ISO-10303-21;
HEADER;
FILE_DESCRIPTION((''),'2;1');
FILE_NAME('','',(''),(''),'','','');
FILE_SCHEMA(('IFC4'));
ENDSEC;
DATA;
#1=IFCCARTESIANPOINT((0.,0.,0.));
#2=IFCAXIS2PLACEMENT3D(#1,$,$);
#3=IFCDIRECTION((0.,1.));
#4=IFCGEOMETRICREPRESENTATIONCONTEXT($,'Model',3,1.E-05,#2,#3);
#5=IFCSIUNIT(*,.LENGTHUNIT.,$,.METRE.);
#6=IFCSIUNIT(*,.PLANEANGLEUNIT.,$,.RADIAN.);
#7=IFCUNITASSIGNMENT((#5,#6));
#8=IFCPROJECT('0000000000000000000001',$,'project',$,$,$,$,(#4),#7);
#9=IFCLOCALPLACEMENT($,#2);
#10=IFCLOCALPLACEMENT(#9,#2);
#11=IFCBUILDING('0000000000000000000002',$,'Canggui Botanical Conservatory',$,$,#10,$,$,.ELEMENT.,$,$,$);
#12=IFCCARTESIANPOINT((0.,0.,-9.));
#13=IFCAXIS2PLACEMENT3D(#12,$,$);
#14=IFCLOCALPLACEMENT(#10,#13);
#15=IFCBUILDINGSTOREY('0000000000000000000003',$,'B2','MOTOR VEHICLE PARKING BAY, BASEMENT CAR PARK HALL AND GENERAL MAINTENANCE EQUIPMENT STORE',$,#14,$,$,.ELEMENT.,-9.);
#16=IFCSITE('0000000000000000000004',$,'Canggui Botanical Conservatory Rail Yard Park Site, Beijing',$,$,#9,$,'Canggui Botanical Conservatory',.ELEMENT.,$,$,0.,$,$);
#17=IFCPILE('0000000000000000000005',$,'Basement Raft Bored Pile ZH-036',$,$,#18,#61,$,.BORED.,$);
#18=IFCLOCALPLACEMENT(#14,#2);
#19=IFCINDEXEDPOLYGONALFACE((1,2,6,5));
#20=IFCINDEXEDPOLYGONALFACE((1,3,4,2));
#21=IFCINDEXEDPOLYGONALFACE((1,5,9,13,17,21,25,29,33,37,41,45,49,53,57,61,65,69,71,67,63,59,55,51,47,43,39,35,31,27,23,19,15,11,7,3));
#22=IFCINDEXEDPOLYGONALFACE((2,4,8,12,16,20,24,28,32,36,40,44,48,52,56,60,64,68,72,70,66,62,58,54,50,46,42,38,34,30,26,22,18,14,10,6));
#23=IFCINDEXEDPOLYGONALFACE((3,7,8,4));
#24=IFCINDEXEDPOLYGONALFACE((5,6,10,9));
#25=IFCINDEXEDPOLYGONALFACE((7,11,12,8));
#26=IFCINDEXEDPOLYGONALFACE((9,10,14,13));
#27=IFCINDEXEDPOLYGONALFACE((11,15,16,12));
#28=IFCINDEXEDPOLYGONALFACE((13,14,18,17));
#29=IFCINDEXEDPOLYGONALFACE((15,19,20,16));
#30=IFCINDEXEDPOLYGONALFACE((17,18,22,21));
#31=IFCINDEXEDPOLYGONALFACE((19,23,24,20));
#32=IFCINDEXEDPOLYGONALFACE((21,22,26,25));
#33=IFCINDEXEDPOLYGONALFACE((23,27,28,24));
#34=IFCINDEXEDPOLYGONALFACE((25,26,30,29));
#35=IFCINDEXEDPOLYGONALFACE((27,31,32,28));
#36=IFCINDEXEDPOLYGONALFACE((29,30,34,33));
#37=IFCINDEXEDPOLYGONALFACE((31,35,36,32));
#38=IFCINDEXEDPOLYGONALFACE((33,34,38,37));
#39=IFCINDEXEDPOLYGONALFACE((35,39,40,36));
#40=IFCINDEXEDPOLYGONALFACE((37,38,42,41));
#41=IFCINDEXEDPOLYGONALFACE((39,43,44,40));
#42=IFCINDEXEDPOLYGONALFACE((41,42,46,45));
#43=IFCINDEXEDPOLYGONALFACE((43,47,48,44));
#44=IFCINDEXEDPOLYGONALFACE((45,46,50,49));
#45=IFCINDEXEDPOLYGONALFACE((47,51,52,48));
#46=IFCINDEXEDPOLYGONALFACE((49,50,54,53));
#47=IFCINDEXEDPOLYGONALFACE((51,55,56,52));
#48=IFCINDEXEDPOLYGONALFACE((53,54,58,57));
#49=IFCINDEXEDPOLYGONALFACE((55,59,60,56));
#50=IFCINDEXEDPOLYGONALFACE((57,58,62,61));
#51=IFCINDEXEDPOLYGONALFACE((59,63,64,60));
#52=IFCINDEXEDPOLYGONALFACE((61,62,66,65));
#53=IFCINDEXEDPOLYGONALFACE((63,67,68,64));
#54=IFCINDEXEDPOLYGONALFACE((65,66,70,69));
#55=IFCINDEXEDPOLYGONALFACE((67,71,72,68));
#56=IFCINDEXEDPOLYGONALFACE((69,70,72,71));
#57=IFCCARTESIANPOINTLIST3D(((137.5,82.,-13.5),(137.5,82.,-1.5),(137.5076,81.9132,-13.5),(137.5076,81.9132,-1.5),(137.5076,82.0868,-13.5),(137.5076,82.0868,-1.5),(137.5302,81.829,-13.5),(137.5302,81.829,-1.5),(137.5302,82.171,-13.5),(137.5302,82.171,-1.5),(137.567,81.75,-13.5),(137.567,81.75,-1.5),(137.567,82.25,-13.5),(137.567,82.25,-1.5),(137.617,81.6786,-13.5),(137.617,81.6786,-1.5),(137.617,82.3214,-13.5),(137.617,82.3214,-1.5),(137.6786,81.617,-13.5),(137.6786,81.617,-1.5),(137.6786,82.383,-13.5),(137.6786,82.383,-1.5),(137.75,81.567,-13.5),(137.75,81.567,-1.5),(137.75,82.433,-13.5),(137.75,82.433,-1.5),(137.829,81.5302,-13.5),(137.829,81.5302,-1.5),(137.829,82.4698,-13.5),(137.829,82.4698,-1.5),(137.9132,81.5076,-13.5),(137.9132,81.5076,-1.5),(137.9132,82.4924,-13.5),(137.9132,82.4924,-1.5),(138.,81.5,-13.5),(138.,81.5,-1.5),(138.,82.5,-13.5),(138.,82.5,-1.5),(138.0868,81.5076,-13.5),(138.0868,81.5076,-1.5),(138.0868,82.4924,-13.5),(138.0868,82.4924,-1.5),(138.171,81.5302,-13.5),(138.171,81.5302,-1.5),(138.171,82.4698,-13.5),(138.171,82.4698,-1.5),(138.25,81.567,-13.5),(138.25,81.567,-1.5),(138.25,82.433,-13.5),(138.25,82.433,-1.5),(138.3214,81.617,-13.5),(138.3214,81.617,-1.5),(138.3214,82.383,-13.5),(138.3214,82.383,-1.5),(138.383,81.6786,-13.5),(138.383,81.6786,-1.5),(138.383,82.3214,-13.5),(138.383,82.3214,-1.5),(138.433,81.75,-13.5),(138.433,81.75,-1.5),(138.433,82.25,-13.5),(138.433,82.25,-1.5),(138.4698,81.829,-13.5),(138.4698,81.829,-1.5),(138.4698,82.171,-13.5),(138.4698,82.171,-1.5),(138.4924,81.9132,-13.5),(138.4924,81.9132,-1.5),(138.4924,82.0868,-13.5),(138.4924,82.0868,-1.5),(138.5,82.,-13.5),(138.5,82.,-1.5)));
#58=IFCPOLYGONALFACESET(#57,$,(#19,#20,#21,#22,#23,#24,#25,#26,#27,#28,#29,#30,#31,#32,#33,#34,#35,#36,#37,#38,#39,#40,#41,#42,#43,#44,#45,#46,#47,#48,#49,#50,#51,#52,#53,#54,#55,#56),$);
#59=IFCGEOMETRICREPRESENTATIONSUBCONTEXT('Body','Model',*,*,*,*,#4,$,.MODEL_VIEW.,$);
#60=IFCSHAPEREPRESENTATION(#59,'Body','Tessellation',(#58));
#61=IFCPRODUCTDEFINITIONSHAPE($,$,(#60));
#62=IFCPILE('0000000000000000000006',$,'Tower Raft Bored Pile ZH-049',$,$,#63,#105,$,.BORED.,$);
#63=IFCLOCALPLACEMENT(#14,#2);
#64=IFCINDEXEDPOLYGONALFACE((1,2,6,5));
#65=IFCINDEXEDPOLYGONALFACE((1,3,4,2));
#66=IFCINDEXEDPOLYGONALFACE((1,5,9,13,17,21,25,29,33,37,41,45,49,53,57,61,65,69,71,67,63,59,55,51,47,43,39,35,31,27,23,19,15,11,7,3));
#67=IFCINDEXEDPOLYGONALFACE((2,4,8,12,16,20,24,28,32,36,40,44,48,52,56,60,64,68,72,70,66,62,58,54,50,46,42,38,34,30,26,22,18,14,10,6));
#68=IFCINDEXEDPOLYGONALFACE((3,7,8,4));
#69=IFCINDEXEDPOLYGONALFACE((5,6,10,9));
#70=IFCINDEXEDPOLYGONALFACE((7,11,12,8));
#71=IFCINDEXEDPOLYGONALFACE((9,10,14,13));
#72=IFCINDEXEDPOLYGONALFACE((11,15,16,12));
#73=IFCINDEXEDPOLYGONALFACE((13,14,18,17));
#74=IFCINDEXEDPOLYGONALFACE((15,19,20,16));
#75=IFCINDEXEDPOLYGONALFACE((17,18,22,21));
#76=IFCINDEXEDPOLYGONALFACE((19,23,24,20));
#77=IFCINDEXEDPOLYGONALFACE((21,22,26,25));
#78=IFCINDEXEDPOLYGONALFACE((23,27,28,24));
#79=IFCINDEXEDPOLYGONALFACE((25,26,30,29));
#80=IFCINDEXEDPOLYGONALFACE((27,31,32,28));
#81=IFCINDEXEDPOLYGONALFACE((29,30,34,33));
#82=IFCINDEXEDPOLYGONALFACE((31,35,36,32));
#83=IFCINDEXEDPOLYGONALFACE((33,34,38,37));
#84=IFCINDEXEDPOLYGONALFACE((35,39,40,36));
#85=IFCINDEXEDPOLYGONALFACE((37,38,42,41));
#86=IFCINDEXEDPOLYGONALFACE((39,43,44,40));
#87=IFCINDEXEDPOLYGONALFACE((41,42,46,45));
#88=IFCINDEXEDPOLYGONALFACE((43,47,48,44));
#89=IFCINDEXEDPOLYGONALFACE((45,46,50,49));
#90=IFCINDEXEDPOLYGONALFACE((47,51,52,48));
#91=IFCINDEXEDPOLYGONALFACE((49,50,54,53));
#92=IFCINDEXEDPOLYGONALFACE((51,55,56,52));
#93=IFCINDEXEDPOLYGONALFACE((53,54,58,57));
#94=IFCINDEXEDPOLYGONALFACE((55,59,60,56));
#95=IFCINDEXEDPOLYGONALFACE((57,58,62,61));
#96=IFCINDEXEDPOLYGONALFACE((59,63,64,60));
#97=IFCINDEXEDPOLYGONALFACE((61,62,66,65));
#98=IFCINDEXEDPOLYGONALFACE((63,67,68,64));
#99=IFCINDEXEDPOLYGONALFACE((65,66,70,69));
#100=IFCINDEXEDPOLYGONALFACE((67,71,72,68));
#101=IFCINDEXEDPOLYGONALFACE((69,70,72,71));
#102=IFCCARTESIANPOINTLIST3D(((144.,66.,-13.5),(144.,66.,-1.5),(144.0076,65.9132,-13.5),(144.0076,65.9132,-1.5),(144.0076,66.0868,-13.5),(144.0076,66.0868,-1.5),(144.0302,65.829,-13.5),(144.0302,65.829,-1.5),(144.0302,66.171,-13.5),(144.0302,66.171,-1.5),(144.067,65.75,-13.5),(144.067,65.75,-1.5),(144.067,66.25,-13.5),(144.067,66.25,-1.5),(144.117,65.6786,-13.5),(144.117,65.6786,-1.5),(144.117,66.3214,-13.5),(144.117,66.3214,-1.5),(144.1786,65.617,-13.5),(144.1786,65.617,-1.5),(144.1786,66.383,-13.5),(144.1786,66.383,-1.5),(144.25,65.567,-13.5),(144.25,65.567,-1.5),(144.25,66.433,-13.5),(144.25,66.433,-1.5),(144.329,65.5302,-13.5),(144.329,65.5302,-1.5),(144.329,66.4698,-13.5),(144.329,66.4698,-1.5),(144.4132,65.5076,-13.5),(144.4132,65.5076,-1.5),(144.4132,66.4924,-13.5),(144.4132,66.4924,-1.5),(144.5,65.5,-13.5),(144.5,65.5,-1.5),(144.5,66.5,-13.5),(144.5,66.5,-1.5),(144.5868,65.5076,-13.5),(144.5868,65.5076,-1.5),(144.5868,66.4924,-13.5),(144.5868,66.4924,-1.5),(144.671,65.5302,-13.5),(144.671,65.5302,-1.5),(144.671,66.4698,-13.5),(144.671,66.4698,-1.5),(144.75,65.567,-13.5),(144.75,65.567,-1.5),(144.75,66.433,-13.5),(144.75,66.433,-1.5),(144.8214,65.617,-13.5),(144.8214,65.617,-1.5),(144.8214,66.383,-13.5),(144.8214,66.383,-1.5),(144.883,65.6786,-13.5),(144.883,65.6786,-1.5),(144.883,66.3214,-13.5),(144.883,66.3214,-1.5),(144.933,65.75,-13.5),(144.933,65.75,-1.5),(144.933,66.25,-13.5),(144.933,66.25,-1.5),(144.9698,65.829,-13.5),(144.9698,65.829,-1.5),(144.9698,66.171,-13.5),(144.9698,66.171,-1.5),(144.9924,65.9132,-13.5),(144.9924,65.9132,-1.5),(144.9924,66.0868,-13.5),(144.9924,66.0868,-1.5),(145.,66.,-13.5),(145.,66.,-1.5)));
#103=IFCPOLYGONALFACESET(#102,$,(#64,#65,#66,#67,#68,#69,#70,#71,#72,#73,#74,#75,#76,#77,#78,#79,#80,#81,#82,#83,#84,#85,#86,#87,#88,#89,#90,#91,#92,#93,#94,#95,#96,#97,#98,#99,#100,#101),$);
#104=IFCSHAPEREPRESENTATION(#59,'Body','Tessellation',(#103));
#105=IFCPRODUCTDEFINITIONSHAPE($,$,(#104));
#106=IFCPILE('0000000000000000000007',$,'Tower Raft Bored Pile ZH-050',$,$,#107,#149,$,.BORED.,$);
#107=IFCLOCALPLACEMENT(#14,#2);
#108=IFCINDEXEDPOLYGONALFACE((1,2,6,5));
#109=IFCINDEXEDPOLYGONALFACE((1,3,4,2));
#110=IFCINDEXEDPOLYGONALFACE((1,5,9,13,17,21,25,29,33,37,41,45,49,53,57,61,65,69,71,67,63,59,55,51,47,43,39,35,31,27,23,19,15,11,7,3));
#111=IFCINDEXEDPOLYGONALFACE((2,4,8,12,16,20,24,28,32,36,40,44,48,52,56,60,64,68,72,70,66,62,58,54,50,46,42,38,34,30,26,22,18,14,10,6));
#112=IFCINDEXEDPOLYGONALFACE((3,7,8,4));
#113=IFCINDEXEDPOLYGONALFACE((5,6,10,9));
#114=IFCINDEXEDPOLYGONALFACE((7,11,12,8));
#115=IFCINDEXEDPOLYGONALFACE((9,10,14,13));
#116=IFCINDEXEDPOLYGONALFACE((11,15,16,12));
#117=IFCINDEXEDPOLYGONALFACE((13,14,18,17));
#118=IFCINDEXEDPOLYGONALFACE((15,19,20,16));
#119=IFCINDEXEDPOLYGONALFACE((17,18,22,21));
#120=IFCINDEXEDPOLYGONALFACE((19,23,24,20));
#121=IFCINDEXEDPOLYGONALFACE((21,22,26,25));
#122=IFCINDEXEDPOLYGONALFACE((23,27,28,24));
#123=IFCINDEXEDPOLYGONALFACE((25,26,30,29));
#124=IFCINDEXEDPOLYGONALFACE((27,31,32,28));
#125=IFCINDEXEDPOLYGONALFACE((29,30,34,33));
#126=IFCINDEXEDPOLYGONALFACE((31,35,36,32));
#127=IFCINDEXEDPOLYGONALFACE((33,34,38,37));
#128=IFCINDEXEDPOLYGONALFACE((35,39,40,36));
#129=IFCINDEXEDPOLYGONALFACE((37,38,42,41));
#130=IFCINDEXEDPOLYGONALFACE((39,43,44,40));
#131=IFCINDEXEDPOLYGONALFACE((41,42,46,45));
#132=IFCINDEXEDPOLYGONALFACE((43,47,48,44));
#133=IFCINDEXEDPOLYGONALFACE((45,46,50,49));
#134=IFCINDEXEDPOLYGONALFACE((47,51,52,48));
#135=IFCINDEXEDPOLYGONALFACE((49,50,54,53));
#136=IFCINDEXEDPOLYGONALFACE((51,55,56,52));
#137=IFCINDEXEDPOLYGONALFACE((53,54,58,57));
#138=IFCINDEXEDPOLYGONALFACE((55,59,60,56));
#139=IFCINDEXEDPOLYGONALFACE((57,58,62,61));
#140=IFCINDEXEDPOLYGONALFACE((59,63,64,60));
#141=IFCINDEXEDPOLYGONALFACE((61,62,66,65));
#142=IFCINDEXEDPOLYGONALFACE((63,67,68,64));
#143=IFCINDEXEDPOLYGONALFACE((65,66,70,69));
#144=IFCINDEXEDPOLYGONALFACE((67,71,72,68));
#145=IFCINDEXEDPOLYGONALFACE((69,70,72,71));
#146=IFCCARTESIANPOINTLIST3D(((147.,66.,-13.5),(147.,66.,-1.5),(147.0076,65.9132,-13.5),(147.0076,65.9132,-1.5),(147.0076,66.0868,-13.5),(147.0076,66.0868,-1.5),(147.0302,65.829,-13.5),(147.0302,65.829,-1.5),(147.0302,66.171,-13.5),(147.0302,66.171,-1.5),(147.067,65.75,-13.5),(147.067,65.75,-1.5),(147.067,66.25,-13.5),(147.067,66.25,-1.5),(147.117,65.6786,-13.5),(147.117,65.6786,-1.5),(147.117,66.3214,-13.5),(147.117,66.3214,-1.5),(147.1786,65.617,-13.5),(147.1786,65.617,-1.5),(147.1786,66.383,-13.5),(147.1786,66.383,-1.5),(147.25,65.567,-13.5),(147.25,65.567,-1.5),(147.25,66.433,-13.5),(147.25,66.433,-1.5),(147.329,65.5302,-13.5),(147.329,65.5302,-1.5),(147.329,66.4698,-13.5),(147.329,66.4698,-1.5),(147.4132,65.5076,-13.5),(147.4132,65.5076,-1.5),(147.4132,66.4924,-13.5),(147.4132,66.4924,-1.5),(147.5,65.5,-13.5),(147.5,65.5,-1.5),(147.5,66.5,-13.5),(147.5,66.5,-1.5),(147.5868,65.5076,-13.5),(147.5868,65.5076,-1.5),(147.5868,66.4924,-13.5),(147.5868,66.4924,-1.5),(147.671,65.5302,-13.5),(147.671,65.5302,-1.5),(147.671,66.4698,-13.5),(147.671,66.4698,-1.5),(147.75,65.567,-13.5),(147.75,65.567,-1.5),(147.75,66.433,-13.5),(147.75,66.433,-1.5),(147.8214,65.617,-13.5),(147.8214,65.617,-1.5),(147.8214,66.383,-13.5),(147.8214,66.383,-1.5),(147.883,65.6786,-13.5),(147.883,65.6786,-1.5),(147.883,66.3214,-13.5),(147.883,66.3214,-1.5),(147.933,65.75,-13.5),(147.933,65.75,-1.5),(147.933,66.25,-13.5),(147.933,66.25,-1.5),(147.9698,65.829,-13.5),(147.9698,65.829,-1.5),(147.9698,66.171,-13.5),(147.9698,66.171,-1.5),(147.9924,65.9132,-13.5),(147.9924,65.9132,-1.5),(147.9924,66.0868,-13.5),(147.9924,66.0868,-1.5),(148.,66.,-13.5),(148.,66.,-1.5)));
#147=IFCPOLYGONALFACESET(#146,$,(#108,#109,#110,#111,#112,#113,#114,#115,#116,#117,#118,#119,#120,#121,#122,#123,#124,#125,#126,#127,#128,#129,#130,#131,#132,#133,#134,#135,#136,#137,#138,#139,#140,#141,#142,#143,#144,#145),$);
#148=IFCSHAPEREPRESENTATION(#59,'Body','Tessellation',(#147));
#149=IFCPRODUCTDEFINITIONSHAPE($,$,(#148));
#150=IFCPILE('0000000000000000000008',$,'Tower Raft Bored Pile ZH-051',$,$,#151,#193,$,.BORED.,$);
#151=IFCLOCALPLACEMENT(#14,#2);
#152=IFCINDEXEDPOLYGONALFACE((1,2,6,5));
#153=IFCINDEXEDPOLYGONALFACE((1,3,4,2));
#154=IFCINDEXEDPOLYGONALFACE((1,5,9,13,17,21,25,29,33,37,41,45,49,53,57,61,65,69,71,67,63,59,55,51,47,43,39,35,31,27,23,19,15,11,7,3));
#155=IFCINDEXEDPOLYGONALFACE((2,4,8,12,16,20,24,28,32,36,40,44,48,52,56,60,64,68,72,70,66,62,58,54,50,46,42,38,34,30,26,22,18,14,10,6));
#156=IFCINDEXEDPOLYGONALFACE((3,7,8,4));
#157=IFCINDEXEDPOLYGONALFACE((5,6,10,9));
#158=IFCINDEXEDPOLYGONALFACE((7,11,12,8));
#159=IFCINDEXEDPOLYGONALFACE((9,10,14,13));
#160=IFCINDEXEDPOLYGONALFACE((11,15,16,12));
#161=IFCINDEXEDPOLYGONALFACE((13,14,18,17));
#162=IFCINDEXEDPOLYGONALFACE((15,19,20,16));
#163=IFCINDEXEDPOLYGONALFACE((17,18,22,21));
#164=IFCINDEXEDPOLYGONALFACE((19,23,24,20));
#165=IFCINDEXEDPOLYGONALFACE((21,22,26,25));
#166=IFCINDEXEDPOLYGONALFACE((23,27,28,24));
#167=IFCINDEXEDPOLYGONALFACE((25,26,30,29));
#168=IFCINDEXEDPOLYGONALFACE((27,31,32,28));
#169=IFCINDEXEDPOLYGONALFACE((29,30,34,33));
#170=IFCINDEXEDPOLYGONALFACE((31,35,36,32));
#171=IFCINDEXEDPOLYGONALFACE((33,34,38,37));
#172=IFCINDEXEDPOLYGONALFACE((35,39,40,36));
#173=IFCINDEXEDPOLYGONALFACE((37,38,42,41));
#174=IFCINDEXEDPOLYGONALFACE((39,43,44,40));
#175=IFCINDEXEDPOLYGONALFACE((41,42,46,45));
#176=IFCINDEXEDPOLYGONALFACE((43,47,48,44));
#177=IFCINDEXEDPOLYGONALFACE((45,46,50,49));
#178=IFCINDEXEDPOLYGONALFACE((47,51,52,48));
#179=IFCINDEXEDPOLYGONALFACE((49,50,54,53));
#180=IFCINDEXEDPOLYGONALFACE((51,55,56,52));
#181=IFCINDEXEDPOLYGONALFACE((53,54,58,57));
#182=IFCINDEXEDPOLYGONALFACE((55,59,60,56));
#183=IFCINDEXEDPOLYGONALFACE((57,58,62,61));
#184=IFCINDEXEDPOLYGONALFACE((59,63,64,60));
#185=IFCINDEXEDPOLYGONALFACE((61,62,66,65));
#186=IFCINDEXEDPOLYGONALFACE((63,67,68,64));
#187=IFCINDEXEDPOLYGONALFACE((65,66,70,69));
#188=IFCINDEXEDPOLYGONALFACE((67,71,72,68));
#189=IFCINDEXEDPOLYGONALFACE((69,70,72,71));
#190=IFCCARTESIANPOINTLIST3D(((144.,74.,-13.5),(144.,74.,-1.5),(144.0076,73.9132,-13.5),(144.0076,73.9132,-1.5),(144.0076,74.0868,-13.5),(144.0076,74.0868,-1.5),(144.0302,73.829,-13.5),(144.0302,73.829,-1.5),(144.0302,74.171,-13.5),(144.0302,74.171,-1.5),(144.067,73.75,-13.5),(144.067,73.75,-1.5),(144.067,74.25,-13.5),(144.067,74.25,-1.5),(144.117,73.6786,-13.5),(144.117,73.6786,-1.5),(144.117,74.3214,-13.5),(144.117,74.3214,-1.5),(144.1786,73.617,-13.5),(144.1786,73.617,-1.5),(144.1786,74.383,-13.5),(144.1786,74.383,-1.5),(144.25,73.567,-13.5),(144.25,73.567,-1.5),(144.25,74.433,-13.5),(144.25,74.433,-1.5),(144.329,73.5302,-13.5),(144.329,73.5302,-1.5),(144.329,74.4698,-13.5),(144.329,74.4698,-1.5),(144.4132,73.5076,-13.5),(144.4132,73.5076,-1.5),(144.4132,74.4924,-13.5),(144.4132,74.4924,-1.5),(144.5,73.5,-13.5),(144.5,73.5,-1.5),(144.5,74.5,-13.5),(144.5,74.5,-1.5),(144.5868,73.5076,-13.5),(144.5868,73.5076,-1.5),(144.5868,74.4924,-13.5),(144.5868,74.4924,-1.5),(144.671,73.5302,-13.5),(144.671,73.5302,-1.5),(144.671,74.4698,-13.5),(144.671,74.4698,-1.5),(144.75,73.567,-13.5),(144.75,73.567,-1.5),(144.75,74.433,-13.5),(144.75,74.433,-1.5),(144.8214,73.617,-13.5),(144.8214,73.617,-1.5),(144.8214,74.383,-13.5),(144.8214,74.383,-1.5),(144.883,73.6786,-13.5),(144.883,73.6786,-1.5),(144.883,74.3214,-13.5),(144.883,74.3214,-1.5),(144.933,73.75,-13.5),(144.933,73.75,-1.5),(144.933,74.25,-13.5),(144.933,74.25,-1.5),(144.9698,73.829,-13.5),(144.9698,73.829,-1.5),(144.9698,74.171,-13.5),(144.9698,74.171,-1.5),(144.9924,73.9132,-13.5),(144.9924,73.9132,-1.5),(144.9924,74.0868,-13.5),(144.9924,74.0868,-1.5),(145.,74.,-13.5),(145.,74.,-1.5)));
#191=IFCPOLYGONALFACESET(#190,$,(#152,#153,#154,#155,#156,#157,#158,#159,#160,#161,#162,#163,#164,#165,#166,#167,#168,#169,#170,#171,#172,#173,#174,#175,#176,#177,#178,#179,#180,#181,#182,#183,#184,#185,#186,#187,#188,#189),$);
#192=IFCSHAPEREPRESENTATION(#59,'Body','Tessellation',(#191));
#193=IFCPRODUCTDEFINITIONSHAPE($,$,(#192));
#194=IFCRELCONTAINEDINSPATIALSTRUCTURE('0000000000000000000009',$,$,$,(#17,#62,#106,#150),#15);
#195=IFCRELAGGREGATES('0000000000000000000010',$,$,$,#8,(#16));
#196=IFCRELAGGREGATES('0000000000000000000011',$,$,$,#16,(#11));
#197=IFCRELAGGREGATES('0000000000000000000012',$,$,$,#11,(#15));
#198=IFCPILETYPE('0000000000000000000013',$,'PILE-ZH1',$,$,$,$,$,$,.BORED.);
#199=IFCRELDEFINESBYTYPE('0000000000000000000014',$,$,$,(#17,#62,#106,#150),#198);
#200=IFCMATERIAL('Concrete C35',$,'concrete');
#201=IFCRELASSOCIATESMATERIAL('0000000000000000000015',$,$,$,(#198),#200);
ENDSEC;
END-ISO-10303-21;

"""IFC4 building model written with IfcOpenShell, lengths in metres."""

from ifc_helpers import new_model, si_unit, direction, frame, origin, origin_2d, place, context, subcontext, project, spatial, circle, extrude, material, material_profile, profile_set, type_object, element, save


model = new_model("IFC4")

# Units and contexts
model_context = context("Model", 3, precision=1e-05, world=origin(), true_north=direction((0.0, 1.0)))
body_context = subcontext(model_context, "Body", "Model", "MODEL_VIEW")
ifc_project = project(units=[si_unit("LENGTHUNIT", "METRE"), si_unit("PLANEANGLEUNIT", "RADIAN")], contexts=[model_context])

# Site, building, storey
site_placement = place(None, origin())
site = spatial("IfcSite", under=ifc_project, at=site_placement, Name="Canggui Botanical Conservatory Rail Yard Park Site, Beijing", LongName="Canggui Botanical Conservatory", CompositionType="ELEMENT", RefElevation=0.0)
building_placement = place(site_placement, origin())
building = spatial("IfcBuilding", under=site, at=building_placement, Name="Canggui Botanical Conservatory", CompositionType="ELEMENT")
storey_placement = place(building_placement, frame((0.0, 0.0, -9.0)))
storey = spatial("IfcBuildingStorey", under=building, at=storey_placement, Name="B2", Description="MOTOR VEHICLE PARKING BAY, BASEMENT CAR PARK HALL AND GENERAL MAINTENANCE EQUIPMENT STORE", CompositionType="ELEMENT", Elevation=-9.0)

# Piles
ifc_material_1 = material(Name="Concrete C35", Category="concrete")
ifc_material_profile_1 = material_profile(ifc_material_1, circle(Radius=0.5, at=origin_2d()), Name="PILE D1000")
ifc_profile_set_1 = profile_set([ifc_material_profile_1], Name="Concrete C35")
pile_type = type_object("IfcPileType", Name="PILE-ZH1", PredefinedType="BORED", material=ifc_profile_set_1)
for number, where, z_axis, x_axis, name in (
    (1, (138.0, 82.0, -1.5), (0.0, 0.0, -1.0), (1.0, 0.0, 0.0), "Basement Raft Bored Pile ZH-036"),
    (2, (144.5, 66.0, -1.5), (0.0, 0.0, -1.0), (1.0, 0.0, 0.0), "Tower Raft Bored Pile ZH-049"),
    (3, (147.5, 66.0, -1.5), (0.0, 0.0, -1.0), (1.0, 0.0, 0.0), "Tower Raft Bored Pile ZH-050"),
    (4, (144.5, 74.0, -1.5), (0.0, 0.0, -1.0), (1.0, 0.0, 0.0), "Tower Raft Bored Pile ZH-051"),
):
    element("IfcPile", number, at=place(storey_placement, frame(where, z_axis=z_axis, x_axis=x_axis)), inside=storey, type_object=pile_type, Name=name, PredefinedType="BORED", context=body_context, shape_type="SweptSolid", body=[
        extrude(circle(Radius=0.5, at=origin_2d()), origin(), (0.0, 0.0, 1.0), 12.0),
    ])

save(model, "model.ifc")
